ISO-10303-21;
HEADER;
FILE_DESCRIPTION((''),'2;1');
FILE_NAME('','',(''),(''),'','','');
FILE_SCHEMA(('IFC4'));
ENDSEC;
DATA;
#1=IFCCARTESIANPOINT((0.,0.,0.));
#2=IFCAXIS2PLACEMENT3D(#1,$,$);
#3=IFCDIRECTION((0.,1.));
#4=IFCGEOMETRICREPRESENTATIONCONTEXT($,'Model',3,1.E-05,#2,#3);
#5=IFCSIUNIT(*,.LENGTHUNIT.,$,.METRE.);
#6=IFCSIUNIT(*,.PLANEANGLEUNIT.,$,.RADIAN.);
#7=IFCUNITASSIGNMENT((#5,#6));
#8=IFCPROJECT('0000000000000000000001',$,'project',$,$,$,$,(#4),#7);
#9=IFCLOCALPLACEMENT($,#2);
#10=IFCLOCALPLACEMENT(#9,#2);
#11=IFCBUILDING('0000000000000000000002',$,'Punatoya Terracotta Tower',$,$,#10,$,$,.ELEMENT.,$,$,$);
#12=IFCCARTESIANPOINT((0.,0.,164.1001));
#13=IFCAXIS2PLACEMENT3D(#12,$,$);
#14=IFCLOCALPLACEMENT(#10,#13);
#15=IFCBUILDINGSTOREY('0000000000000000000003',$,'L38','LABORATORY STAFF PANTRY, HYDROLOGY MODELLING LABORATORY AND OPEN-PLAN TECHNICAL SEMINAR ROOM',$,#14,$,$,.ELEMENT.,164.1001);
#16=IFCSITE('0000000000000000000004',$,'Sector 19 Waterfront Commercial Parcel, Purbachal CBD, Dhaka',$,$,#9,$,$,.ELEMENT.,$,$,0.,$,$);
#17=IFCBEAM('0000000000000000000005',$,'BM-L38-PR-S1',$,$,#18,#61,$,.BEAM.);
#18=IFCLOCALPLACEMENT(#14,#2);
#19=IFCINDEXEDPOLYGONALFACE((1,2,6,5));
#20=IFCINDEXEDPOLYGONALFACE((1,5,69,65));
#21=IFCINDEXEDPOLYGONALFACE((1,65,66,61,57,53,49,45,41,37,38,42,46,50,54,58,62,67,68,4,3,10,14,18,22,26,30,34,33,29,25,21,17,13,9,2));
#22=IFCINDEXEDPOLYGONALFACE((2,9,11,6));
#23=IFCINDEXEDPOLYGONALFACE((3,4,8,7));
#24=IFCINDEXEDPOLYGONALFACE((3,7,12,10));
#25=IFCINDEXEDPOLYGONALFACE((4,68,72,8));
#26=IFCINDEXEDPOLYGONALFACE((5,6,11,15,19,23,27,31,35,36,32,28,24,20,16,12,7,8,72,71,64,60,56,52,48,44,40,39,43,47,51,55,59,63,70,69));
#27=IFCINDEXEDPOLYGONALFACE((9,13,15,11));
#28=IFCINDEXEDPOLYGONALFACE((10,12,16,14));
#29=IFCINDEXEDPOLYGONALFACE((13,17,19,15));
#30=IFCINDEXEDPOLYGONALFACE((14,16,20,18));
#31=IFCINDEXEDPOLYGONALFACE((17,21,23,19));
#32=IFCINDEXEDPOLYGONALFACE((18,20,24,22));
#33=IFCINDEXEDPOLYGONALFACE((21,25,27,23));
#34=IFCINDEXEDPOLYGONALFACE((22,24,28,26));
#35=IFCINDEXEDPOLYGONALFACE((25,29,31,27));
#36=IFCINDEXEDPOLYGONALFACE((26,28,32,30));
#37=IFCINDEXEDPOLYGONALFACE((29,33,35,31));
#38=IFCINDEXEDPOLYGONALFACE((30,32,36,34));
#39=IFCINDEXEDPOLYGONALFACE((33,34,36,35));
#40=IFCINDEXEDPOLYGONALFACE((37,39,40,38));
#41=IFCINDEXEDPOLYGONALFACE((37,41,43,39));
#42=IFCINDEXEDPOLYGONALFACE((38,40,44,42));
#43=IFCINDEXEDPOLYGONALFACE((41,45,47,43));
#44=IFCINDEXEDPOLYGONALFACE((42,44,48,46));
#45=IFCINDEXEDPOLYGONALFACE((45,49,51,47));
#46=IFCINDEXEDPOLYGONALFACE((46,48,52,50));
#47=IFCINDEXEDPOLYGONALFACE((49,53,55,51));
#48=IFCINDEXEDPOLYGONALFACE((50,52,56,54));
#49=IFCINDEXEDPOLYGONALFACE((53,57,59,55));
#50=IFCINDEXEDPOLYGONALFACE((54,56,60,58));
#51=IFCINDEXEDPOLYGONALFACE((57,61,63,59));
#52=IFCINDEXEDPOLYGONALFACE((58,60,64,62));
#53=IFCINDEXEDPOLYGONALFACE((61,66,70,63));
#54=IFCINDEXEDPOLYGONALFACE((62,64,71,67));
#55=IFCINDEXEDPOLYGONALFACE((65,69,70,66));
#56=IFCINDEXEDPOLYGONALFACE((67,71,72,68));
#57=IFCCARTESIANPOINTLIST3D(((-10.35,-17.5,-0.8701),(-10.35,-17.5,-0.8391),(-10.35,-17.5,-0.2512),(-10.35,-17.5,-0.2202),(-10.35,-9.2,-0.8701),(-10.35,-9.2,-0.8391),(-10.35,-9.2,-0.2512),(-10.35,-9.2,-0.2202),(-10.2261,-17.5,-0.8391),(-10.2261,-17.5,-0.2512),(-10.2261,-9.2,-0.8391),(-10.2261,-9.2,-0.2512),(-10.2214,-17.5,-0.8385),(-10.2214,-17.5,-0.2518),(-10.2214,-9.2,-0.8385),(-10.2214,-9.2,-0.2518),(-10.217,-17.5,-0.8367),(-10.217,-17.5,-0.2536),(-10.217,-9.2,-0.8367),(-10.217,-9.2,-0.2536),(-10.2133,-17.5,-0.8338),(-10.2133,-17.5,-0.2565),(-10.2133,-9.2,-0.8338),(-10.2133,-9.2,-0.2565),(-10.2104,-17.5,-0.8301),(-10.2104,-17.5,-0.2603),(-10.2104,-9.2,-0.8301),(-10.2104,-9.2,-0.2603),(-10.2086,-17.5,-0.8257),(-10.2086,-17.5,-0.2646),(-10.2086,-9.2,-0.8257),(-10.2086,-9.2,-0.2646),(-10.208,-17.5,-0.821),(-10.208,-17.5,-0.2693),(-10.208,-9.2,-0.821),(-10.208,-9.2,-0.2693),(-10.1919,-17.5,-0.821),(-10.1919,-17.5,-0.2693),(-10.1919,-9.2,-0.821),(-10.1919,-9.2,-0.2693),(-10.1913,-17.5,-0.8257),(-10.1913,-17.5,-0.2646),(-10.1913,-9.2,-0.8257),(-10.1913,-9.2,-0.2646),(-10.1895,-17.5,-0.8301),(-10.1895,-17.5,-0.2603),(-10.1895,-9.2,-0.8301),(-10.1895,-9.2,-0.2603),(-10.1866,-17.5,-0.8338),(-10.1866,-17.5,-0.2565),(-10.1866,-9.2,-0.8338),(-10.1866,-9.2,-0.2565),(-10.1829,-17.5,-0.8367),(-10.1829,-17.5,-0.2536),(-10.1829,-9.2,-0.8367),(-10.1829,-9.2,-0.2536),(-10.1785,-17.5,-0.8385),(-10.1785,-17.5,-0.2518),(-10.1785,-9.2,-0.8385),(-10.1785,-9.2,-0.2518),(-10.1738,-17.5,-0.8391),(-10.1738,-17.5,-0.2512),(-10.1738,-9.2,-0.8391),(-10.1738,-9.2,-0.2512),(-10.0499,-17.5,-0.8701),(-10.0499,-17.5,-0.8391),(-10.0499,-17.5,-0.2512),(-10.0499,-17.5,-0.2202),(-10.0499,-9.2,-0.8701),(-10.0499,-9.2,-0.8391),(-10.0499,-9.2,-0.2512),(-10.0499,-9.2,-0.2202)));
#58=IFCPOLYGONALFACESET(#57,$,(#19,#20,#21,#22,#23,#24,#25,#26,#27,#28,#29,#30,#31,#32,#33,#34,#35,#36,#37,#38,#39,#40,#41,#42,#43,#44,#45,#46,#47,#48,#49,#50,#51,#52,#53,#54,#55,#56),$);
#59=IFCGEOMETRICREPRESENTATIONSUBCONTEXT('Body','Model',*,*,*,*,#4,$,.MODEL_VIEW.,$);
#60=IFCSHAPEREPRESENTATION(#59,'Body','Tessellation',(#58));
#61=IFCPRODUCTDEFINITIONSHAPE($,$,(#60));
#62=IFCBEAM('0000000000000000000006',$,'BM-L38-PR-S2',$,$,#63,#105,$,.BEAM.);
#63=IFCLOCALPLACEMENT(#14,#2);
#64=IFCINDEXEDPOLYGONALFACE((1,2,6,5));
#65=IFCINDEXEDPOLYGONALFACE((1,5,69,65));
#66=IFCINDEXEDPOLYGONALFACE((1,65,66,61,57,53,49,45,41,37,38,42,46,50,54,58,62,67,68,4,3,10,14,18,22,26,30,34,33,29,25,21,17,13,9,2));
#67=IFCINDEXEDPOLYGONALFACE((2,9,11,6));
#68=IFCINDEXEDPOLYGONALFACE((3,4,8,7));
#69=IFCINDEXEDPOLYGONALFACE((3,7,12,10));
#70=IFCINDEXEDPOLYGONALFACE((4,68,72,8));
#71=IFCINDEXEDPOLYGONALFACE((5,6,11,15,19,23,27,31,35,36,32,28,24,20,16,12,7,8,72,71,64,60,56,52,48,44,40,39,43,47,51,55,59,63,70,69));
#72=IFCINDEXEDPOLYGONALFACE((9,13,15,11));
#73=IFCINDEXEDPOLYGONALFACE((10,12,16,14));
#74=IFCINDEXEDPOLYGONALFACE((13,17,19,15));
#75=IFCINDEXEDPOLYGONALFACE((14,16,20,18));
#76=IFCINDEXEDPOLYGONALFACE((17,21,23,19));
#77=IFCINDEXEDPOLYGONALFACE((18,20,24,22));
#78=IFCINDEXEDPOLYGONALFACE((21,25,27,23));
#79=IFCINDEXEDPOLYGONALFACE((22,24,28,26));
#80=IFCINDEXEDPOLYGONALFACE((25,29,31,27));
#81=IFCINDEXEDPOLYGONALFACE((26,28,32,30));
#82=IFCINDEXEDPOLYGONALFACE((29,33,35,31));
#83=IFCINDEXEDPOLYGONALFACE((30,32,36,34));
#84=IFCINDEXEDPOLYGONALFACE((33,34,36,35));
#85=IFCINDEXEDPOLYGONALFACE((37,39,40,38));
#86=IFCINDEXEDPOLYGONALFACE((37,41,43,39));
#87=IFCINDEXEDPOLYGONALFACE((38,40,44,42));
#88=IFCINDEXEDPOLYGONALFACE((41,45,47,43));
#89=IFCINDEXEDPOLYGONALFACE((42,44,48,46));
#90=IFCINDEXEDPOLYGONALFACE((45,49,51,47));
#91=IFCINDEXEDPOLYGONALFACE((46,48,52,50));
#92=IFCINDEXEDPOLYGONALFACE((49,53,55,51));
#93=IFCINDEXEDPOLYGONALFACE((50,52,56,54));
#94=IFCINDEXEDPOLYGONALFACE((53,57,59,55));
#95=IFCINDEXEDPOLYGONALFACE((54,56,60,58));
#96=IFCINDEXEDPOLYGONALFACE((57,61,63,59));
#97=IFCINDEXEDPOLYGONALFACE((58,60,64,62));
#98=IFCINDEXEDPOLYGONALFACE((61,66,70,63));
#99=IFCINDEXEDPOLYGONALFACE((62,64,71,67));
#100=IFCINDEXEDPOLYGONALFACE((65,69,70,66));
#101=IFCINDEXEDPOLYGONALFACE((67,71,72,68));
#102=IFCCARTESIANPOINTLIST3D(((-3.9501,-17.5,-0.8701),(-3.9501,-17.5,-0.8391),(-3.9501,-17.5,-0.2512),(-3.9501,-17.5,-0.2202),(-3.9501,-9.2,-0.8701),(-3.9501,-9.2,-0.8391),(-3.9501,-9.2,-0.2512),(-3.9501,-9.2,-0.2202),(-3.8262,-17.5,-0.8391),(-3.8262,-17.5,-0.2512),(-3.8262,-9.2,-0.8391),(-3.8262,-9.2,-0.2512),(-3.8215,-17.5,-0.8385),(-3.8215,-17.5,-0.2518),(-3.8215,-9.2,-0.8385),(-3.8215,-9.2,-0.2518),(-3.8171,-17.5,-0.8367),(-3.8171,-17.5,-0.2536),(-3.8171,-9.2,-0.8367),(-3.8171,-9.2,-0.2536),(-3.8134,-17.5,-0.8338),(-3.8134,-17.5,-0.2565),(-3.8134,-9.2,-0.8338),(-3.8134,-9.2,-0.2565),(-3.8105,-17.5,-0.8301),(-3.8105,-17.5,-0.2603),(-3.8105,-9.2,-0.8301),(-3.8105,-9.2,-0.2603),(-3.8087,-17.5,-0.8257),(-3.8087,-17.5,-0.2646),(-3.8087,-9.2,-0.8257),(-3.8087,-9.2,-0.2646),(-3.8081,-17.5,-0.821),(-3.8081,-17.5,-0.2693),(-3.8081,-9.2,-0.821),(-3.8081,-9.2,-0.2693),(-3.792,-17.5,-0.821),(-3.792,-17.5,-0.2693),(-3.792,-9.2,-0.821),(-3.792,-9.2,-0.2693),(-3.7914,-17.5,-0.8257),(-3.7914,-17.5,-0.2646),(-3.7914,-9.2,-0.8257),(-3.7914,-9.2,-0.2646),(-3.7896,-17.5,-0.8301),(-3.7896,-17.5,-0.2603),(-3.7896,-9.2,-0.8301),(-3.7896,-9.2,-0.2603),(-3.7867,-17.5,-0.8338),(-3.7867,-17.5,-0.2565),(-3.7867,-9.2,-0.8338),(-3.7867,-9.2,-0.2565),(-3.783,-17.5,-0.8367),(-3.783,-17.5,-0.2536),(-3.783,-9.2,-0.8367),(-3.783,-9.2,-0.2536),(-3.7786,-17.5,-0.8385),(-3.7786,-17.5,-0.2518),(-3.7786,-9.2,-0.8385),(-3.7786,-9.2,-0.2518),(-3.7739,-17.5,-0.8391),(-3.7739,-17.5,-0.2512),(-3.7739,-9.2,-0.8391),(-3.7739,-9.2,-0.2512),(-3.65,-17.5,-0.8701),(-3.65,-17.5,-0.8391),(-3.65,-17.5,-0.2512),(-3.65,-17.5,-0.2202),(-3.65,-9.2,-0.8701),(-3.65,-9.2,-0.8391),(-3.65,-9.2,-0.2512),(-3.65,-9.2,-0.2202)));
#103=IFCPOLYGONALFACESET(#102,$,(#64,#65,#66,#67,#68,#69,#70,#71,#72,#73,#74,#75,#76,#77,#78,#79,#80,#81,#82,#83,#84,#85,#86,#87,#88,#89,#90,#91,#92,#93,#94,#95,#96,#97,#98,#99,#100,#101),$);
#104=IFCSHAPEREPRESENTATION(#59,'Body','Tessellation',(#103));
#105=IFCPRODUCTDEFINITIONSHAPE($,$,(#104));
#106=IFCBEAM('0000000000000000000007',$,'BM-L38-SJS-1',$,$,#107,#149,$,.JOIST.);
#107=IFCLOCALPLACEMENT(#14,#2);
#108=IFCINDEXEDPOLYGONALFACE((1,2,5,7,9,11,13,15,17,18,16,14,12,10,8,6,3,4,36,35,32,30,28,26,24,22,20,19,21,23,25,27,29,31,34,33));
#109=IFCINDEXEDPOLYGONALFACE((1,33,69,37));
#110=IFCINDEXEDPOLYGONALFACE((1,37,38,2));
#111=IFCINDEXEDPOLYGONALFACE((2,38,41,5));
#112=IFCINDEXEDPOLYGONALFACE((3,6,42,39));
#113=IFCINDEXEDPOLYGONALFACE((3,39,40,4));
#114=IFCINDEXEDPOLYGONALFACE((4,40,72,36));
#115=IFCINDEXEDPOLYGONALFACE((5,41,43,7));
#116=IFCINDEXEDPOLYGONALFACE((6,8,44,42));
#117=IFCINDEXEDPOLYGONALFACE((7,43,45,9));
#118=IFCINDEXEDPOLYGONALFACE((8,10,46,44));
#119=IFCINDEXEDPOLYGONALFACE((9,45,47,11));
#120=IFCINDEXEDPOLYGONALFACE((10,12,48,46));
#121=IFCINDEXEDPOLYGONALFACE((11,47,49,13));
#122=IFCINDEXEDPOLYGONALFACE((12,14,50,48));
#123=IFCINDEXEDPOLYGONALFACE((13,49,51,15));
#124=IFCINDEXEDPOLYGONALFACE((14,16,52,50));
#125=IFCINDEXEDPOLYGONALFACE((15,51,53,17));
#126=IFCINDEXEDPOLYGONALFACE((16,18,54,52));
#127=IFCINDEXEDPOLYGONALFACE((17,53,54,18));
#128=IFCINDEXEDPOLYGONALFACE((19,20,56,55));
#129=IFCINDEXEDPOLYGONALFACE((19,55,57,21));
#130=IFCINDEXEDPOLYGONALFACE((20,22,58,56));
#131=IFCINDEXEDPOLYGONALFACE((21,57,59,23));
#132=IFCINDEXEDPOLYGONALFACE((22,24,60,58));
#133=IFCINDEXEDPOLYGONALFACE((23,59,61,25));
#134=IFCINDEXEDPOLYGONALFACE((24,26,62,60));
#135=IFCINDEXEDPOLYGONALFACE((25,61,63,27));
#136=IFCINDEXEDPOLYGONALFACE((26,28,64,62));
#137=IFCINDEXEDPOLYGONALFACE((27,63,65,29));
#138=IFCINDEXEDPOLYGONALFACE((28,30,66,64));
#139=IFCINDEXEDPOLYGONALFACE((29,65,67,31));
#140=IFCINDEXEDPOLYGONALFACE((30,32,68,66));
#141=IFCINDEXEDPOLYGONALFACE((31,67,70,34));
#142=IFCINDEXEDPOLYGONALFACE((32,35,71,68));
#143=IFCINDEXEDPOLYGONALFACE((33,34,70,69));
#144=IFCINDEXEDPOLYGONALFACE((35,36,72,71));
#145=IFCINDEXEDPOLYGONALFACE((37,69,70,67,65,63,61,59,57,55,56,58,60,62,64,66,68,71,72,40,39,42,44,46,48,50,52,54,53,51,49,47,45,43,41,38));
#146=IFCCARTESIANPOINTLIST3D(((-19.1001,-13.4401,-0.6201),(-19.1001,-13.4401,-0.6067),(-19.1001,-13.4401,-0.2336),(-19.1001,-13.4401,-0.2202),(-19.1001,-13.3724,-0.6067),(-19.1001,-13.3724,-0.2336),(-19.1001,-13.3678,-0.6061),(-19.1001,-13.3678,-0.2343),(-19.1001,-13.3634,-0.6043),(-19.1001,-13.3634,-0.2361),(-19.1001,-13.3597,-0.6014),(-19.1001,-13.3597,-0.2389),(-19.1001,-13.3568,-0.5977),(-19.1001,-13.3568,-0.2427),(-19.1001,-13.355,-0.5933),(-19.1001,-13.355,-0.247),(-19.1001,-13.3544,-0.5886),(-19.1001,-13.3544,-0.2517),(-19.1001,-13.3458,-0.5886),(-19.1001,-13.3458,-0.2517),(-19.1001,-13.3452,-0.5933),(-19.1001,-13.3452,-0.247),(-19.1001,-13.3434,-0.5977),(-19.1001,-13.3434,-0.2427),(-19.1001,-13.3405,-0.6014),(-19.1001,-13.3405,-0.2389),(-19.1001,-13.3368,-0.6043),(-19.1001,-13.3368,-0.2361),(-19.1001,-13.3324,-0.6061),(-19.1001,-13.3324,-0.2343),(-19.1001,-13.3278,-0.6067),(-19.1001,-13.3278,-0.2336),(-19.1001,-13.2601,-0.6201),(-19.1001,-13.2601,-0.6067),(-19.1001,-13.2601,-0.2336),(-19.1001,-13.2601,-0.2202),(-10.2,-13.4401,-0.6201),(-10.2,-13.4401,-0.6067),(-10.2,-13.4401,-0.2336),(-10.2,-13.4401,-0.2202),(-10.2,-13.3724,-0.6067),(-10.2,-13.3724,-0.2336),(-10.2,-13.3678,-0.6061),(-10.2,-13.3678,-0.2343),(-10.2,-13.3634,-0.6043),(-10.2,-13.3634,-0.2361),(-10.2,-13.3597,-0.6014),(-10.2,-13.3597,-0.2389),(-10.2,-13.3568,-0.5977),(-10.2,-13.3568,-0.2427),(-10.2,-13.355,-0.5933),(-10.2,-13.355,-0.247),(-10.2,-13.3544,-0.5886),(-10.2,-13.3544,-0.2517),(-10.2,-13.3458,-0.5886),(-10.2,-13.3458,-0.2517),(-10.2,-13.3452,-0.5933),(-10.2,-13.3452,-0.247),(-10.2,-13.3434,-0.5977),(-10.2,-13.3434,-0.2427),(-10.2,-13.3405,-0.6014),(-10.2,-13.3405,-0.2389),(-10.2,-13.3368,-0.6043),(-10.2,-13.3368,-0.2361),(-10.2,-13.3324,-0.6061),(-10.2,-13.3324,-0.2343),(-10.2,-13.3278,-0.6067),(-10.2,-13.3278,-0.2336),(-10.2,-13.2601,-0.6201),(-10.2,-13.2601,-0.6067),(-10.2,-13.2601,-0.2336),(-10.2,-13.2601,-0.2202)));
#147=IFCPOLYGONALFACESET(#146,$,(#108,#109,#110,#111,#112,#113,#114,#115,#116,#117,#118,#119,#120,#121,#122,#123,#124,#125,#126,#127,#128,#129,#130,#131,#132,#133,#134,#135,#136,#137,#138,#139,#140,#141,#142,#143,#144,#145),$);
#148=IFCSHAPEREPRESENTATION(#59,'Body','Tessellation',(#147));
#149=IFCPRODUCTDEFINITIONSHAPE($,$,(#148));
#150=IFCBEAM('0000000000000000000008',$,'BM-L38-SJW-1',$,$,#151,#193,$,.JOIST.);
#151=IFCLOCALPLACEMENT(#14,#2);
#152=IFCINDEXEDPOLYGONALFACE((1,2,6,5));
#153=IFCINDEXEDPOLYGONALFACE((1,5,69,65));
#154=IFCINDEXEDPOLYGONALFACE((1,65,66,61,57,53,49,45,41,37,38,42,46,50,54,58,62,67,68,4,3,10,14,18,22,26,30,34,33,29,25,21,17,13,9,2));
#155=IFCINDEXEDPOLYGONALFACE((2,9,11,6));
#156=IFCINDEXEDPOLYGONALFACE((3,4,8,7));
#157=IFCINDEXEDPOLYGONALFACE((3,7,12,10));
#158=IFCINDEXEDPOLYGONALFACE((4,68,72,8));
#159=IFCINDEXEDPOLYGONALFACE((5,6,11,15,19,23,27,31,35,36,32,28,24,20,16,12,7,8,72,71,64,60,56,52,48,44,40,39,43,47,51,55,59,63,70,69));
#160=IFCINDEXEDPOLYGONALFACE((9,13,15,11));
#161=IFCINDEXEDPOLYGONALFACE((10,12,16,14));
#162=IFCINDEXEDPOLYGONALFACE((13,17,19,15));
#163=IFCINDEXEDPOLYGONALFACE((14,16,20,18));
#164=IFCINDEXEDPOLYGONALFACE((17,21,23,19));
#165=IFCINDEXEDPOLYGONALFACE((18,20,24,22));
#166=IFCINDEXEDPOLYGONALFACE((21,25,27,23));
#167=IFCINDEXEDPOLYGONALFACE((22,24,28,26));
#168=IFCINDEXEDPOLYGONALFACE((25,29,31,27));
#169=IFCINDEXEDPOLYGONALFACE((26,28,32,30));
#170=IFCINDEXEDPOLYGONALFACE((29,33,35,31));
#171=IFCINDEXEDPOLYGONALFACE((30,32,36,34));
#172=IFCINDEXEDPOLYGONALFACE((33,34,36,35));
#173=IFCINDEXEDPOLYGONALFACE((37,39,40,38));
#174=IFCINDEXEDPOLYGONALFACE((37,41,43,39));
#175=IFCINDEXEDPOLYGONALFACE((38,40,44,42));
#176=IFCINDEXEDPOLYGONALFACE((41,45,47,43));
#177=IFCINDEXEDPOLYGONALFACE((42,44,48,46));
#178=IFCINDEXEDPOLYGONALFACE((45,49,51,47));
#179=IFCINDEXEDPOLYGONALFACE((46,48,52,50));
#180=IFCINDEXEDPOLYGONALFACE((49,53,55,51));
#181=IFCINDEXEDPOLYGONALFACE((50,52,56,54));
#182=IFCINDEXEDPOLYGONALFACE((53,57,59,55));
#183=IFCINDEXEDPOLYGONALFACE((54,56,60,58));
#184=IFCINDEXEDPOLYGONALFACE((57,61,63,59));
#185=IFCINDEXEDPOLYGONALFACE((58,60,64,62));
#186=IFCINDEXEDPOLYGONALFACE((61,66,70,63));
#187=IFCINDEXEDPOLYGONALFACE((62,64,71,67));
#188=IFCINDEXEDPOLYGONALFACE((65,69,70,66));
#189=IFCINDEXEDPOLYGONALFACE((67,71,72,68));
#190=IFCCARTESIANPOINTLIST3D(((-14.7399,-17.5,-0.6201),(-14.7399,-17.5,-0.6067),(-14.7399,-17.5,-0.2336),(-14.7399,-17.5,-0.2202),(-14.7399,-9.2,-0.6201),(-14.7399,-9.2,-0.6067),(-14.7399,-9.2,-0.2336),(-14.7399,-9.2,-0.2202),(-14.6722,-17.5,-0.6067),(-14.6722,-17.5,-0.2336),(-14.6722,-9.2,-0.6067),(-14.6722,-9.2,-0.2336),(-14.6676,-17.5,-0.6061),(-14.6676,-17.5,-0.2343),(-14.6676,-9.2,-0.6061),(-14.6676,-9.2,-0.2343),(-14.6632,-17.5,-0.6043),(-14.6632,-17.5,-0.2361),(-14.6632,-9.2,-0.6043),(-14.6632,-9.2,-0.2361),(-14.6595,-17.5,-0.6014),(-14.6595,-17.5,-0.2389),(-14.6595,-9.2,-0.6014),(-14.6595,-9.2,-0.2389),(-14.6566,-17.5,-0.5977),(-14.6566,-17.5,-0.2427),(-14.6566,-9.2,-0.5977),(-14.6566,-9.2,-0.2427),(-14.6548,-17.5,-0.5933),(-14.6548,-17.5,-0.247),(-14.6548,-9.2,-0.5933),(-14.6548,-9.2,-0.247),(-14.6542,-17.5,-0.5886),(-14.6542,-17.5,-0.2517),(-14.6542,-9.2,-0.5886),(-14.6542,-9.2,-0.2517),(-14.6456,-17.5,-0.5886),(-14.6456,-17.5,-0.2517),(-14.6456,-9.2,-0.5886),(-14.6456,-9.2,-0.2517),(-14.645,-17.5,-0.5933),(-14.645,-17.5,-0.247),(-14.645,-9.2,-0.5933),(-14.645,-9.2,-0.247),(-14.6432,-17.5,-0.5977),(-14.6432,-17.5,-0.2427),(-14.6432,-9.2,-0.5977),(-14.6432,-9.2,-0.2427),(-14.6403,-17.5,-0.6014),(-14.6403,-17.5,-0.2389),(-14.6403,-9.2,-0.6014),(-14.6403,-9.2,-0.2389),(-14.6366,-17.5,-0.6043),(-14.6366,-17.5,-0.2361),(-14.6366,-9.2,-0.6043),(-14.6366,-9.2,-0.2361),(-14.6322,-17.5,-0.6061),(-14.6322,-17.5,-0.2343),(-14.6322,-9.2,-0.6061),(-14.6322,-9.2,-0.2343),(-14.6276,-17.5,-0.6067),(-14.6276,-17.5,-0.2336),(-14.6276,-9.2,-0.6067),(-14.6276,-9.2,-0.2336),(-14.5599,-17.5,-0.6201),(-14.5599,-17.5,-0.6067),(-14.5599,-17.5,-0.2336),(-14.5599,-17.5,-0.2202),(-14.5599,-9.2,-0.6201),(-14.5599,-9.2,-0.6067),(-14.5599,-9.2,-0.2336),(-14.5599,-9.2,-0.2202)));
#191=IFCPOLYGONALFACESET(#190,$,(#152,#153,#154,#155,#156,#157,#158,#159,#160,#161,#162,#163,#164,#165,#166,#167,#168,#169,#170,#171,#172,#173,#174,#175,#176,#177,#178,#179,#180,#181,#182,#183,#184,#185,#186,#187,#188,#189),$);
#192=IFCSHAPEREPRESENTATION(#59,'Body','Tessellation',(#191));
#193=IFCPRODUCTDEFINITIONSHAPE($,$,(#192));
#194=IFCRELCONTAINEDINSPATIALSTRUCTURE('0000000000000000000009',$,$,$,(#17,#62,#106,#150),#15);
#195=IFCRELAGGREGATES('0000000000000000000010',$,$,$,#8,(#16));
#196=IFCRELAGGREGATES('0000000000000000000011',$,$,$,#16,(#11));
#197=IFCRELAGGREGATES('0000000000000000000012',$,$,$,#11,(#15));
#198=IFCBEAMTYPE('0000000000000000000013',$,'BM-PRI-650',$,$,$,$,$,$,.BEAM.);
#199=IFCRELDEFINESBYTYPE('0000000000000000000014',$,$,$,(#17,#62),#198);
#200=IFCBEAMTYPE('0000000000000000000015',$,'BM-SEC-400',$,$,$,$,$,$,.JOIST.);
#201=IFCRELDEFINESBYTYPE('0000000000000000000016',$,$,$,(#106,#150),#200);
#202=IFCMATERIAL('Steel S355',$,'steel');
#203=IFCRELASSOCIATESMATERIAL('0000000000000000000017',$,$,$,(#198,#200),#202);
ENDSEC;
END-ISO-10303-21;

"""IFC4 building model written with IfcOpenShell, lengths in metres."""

from ifc_helpers import new_model, si_unit, direction, frame, origin, origin_2d, place, context, subcontext, project, spatial, i_section, extrude, material, material_profile, profile_set, type_object, element, save


model = new_model("IFC4")

# Units and contexts
model_context = context("Model", 3, precision=1e-05, world=origin(), true_north=direction((0.0, 1.0)))
body_context = subcontext(model_context, "Body", "Model", "MODEL_VIEW")
ifc_project = project(units=[si_unit("LENGTHUNIT", "METRE"), si_unit("PLANEANGLEUNIT", "RADIAN")], contexts=[model_context])

# Site, building, storey
site_placement = place(None, origin())
site = spatial("IfcSite", under=ifc_project, at=site_placement, Name="Sector 19 Waterfront Commercial Parcel, Purbachal CBD, Dhaka", CompositionType="ELEMENT", RefElevation=0.0)
building_placement = place(site_placement, origin())
building = spatial("IfcBuilding", under=site, at=building_placement, Name="Punatoya Terracotta Tower", CompositionType="ELEMENT")
storey_placement = place(building_placement, frame((0.0, 0.0, 164.1001)))
storey = spatial("IfcBuildingStorey", under=building, at=storey_placement, Name="L38", Description="LABORATORY STAFF PANTRY, HYDROLOGY MODELLING LABORATORY AND OPEN-PLAN TECHNICAL SEMINAR ROOM", CompositionType="ELEMENT", Elevation=164.1001)

# Beams
ifc_material_1 = material(Name="Steel S355", Category="steel")
ifc_material_profile_1 = material_profile(ifc_material_1, i_section(OverallWidth=0.3, OverallDepth=0.6499, WebThickness=0.0161, FlangeThickness=0.031, FilletRadius=0.0181, at=origin_2d()))
ifc_profile_set_1 = profile_set([ifc_material_profile_1], Name="Steel S355")
beam_type_1 = type_object("IfcBeamType", Name="BM-PRI-650", PredefinedType="BEAM", material=ifc_profile_set_1)
for number, where, z_axis, x_axis, name in (
    (1, (-10.2, -17.5, -0.5452), (0.0, 1.0, 0.0), (-1.0, 0.0, 0.0), "BM-L38-PR-S1"),
    (2, (-3.8, -17.5, -0.5452), (0.0, 1.0, 0.0), (-1.0, 0.0, 0.0), "BM-L38-PR-S2"),
):
    element("IfcBeam", number, at=place(storey_placement, frame(where, z_axis=z_axis, x_axis=x_axis)), inside=storey, type_object=beam_type_1, Name=name, PredefinedType="BEAM", context=body_context, shape_type="SweptSolid", body=[
        extrude(i_section(OverallWidth=0.3, OverallDepth=0.6499, WebThickness=0.0161, FlangeThickness=0.031, FilletRadius=0.0181, at=origin_2d()), origin(), (0.0, 0.0, 1.0), 8.3),
    ])
ifc_material_profile_2 = material_profile(ifc_material_1, i_section(OverallWidth=0.1799, OverallDepth=0.3999, WebThickness=0.0085, FlangeThickness=0.0134, FilletRadius=0.0181, at=origin_2d()))
ifc_profile_set_2 = profile_set([ifc_material_profile_2], Name="Steel S355")
beam_type_2 = type_object("IfcBeamType", Name="BM-SEC-400", PredefinedType="JOIST", material=ifc_profile_set_2)
beam_1_placement = place(storey_placement, frame((-19.1001, -13.3501, -0.4202), z_axis=(1.0, 0.0, 0.0), x_axis=(0.0, 1.0, 0.0)))
element("IfcBeam", 3, at=beam_1_placement, inside=storey, type_object=beam_type_2, Name="BM-L38-SJS-1", PredefinedType="JOIST", context=body_context, shape_type="SweptSolid", body=[
    extrude(i_section(OverallWidth=0.1799, OverallDepth=0.3999, WebThickness=0.0085, FlangeThickness=0.0134, FilletRadius=0.0181, at=origin_2d()), origin(), (0.0, 0.0, 1.0), 8.9001),
])
beam_2_placement = place(storey_placement, frame((-14.6499, -17.5, -0.4202), z_axis=(0.0, 1.0, 0.0), x_axis=(-1.0, 0.0, 0.0)))
element("IfcBeam", 4, at=beam_2_placement, inside=storey, type_object=beam_type_2, Name="BM-L38-SJW-1", PredefinedType="JOIST", context=body_context, shape_type="SweptSolid", body=[
    extrude(i_section(OverallWidth=0.1799, OverallDepth=0.3999, WebThickness=0.0085, FlangeThickness=0.0134, FilletRadius=0.0181, at=origin_2d()), origin(), (0.0, 0.0, 1.0), 8.3),
])

save(model, "model.ifc")
